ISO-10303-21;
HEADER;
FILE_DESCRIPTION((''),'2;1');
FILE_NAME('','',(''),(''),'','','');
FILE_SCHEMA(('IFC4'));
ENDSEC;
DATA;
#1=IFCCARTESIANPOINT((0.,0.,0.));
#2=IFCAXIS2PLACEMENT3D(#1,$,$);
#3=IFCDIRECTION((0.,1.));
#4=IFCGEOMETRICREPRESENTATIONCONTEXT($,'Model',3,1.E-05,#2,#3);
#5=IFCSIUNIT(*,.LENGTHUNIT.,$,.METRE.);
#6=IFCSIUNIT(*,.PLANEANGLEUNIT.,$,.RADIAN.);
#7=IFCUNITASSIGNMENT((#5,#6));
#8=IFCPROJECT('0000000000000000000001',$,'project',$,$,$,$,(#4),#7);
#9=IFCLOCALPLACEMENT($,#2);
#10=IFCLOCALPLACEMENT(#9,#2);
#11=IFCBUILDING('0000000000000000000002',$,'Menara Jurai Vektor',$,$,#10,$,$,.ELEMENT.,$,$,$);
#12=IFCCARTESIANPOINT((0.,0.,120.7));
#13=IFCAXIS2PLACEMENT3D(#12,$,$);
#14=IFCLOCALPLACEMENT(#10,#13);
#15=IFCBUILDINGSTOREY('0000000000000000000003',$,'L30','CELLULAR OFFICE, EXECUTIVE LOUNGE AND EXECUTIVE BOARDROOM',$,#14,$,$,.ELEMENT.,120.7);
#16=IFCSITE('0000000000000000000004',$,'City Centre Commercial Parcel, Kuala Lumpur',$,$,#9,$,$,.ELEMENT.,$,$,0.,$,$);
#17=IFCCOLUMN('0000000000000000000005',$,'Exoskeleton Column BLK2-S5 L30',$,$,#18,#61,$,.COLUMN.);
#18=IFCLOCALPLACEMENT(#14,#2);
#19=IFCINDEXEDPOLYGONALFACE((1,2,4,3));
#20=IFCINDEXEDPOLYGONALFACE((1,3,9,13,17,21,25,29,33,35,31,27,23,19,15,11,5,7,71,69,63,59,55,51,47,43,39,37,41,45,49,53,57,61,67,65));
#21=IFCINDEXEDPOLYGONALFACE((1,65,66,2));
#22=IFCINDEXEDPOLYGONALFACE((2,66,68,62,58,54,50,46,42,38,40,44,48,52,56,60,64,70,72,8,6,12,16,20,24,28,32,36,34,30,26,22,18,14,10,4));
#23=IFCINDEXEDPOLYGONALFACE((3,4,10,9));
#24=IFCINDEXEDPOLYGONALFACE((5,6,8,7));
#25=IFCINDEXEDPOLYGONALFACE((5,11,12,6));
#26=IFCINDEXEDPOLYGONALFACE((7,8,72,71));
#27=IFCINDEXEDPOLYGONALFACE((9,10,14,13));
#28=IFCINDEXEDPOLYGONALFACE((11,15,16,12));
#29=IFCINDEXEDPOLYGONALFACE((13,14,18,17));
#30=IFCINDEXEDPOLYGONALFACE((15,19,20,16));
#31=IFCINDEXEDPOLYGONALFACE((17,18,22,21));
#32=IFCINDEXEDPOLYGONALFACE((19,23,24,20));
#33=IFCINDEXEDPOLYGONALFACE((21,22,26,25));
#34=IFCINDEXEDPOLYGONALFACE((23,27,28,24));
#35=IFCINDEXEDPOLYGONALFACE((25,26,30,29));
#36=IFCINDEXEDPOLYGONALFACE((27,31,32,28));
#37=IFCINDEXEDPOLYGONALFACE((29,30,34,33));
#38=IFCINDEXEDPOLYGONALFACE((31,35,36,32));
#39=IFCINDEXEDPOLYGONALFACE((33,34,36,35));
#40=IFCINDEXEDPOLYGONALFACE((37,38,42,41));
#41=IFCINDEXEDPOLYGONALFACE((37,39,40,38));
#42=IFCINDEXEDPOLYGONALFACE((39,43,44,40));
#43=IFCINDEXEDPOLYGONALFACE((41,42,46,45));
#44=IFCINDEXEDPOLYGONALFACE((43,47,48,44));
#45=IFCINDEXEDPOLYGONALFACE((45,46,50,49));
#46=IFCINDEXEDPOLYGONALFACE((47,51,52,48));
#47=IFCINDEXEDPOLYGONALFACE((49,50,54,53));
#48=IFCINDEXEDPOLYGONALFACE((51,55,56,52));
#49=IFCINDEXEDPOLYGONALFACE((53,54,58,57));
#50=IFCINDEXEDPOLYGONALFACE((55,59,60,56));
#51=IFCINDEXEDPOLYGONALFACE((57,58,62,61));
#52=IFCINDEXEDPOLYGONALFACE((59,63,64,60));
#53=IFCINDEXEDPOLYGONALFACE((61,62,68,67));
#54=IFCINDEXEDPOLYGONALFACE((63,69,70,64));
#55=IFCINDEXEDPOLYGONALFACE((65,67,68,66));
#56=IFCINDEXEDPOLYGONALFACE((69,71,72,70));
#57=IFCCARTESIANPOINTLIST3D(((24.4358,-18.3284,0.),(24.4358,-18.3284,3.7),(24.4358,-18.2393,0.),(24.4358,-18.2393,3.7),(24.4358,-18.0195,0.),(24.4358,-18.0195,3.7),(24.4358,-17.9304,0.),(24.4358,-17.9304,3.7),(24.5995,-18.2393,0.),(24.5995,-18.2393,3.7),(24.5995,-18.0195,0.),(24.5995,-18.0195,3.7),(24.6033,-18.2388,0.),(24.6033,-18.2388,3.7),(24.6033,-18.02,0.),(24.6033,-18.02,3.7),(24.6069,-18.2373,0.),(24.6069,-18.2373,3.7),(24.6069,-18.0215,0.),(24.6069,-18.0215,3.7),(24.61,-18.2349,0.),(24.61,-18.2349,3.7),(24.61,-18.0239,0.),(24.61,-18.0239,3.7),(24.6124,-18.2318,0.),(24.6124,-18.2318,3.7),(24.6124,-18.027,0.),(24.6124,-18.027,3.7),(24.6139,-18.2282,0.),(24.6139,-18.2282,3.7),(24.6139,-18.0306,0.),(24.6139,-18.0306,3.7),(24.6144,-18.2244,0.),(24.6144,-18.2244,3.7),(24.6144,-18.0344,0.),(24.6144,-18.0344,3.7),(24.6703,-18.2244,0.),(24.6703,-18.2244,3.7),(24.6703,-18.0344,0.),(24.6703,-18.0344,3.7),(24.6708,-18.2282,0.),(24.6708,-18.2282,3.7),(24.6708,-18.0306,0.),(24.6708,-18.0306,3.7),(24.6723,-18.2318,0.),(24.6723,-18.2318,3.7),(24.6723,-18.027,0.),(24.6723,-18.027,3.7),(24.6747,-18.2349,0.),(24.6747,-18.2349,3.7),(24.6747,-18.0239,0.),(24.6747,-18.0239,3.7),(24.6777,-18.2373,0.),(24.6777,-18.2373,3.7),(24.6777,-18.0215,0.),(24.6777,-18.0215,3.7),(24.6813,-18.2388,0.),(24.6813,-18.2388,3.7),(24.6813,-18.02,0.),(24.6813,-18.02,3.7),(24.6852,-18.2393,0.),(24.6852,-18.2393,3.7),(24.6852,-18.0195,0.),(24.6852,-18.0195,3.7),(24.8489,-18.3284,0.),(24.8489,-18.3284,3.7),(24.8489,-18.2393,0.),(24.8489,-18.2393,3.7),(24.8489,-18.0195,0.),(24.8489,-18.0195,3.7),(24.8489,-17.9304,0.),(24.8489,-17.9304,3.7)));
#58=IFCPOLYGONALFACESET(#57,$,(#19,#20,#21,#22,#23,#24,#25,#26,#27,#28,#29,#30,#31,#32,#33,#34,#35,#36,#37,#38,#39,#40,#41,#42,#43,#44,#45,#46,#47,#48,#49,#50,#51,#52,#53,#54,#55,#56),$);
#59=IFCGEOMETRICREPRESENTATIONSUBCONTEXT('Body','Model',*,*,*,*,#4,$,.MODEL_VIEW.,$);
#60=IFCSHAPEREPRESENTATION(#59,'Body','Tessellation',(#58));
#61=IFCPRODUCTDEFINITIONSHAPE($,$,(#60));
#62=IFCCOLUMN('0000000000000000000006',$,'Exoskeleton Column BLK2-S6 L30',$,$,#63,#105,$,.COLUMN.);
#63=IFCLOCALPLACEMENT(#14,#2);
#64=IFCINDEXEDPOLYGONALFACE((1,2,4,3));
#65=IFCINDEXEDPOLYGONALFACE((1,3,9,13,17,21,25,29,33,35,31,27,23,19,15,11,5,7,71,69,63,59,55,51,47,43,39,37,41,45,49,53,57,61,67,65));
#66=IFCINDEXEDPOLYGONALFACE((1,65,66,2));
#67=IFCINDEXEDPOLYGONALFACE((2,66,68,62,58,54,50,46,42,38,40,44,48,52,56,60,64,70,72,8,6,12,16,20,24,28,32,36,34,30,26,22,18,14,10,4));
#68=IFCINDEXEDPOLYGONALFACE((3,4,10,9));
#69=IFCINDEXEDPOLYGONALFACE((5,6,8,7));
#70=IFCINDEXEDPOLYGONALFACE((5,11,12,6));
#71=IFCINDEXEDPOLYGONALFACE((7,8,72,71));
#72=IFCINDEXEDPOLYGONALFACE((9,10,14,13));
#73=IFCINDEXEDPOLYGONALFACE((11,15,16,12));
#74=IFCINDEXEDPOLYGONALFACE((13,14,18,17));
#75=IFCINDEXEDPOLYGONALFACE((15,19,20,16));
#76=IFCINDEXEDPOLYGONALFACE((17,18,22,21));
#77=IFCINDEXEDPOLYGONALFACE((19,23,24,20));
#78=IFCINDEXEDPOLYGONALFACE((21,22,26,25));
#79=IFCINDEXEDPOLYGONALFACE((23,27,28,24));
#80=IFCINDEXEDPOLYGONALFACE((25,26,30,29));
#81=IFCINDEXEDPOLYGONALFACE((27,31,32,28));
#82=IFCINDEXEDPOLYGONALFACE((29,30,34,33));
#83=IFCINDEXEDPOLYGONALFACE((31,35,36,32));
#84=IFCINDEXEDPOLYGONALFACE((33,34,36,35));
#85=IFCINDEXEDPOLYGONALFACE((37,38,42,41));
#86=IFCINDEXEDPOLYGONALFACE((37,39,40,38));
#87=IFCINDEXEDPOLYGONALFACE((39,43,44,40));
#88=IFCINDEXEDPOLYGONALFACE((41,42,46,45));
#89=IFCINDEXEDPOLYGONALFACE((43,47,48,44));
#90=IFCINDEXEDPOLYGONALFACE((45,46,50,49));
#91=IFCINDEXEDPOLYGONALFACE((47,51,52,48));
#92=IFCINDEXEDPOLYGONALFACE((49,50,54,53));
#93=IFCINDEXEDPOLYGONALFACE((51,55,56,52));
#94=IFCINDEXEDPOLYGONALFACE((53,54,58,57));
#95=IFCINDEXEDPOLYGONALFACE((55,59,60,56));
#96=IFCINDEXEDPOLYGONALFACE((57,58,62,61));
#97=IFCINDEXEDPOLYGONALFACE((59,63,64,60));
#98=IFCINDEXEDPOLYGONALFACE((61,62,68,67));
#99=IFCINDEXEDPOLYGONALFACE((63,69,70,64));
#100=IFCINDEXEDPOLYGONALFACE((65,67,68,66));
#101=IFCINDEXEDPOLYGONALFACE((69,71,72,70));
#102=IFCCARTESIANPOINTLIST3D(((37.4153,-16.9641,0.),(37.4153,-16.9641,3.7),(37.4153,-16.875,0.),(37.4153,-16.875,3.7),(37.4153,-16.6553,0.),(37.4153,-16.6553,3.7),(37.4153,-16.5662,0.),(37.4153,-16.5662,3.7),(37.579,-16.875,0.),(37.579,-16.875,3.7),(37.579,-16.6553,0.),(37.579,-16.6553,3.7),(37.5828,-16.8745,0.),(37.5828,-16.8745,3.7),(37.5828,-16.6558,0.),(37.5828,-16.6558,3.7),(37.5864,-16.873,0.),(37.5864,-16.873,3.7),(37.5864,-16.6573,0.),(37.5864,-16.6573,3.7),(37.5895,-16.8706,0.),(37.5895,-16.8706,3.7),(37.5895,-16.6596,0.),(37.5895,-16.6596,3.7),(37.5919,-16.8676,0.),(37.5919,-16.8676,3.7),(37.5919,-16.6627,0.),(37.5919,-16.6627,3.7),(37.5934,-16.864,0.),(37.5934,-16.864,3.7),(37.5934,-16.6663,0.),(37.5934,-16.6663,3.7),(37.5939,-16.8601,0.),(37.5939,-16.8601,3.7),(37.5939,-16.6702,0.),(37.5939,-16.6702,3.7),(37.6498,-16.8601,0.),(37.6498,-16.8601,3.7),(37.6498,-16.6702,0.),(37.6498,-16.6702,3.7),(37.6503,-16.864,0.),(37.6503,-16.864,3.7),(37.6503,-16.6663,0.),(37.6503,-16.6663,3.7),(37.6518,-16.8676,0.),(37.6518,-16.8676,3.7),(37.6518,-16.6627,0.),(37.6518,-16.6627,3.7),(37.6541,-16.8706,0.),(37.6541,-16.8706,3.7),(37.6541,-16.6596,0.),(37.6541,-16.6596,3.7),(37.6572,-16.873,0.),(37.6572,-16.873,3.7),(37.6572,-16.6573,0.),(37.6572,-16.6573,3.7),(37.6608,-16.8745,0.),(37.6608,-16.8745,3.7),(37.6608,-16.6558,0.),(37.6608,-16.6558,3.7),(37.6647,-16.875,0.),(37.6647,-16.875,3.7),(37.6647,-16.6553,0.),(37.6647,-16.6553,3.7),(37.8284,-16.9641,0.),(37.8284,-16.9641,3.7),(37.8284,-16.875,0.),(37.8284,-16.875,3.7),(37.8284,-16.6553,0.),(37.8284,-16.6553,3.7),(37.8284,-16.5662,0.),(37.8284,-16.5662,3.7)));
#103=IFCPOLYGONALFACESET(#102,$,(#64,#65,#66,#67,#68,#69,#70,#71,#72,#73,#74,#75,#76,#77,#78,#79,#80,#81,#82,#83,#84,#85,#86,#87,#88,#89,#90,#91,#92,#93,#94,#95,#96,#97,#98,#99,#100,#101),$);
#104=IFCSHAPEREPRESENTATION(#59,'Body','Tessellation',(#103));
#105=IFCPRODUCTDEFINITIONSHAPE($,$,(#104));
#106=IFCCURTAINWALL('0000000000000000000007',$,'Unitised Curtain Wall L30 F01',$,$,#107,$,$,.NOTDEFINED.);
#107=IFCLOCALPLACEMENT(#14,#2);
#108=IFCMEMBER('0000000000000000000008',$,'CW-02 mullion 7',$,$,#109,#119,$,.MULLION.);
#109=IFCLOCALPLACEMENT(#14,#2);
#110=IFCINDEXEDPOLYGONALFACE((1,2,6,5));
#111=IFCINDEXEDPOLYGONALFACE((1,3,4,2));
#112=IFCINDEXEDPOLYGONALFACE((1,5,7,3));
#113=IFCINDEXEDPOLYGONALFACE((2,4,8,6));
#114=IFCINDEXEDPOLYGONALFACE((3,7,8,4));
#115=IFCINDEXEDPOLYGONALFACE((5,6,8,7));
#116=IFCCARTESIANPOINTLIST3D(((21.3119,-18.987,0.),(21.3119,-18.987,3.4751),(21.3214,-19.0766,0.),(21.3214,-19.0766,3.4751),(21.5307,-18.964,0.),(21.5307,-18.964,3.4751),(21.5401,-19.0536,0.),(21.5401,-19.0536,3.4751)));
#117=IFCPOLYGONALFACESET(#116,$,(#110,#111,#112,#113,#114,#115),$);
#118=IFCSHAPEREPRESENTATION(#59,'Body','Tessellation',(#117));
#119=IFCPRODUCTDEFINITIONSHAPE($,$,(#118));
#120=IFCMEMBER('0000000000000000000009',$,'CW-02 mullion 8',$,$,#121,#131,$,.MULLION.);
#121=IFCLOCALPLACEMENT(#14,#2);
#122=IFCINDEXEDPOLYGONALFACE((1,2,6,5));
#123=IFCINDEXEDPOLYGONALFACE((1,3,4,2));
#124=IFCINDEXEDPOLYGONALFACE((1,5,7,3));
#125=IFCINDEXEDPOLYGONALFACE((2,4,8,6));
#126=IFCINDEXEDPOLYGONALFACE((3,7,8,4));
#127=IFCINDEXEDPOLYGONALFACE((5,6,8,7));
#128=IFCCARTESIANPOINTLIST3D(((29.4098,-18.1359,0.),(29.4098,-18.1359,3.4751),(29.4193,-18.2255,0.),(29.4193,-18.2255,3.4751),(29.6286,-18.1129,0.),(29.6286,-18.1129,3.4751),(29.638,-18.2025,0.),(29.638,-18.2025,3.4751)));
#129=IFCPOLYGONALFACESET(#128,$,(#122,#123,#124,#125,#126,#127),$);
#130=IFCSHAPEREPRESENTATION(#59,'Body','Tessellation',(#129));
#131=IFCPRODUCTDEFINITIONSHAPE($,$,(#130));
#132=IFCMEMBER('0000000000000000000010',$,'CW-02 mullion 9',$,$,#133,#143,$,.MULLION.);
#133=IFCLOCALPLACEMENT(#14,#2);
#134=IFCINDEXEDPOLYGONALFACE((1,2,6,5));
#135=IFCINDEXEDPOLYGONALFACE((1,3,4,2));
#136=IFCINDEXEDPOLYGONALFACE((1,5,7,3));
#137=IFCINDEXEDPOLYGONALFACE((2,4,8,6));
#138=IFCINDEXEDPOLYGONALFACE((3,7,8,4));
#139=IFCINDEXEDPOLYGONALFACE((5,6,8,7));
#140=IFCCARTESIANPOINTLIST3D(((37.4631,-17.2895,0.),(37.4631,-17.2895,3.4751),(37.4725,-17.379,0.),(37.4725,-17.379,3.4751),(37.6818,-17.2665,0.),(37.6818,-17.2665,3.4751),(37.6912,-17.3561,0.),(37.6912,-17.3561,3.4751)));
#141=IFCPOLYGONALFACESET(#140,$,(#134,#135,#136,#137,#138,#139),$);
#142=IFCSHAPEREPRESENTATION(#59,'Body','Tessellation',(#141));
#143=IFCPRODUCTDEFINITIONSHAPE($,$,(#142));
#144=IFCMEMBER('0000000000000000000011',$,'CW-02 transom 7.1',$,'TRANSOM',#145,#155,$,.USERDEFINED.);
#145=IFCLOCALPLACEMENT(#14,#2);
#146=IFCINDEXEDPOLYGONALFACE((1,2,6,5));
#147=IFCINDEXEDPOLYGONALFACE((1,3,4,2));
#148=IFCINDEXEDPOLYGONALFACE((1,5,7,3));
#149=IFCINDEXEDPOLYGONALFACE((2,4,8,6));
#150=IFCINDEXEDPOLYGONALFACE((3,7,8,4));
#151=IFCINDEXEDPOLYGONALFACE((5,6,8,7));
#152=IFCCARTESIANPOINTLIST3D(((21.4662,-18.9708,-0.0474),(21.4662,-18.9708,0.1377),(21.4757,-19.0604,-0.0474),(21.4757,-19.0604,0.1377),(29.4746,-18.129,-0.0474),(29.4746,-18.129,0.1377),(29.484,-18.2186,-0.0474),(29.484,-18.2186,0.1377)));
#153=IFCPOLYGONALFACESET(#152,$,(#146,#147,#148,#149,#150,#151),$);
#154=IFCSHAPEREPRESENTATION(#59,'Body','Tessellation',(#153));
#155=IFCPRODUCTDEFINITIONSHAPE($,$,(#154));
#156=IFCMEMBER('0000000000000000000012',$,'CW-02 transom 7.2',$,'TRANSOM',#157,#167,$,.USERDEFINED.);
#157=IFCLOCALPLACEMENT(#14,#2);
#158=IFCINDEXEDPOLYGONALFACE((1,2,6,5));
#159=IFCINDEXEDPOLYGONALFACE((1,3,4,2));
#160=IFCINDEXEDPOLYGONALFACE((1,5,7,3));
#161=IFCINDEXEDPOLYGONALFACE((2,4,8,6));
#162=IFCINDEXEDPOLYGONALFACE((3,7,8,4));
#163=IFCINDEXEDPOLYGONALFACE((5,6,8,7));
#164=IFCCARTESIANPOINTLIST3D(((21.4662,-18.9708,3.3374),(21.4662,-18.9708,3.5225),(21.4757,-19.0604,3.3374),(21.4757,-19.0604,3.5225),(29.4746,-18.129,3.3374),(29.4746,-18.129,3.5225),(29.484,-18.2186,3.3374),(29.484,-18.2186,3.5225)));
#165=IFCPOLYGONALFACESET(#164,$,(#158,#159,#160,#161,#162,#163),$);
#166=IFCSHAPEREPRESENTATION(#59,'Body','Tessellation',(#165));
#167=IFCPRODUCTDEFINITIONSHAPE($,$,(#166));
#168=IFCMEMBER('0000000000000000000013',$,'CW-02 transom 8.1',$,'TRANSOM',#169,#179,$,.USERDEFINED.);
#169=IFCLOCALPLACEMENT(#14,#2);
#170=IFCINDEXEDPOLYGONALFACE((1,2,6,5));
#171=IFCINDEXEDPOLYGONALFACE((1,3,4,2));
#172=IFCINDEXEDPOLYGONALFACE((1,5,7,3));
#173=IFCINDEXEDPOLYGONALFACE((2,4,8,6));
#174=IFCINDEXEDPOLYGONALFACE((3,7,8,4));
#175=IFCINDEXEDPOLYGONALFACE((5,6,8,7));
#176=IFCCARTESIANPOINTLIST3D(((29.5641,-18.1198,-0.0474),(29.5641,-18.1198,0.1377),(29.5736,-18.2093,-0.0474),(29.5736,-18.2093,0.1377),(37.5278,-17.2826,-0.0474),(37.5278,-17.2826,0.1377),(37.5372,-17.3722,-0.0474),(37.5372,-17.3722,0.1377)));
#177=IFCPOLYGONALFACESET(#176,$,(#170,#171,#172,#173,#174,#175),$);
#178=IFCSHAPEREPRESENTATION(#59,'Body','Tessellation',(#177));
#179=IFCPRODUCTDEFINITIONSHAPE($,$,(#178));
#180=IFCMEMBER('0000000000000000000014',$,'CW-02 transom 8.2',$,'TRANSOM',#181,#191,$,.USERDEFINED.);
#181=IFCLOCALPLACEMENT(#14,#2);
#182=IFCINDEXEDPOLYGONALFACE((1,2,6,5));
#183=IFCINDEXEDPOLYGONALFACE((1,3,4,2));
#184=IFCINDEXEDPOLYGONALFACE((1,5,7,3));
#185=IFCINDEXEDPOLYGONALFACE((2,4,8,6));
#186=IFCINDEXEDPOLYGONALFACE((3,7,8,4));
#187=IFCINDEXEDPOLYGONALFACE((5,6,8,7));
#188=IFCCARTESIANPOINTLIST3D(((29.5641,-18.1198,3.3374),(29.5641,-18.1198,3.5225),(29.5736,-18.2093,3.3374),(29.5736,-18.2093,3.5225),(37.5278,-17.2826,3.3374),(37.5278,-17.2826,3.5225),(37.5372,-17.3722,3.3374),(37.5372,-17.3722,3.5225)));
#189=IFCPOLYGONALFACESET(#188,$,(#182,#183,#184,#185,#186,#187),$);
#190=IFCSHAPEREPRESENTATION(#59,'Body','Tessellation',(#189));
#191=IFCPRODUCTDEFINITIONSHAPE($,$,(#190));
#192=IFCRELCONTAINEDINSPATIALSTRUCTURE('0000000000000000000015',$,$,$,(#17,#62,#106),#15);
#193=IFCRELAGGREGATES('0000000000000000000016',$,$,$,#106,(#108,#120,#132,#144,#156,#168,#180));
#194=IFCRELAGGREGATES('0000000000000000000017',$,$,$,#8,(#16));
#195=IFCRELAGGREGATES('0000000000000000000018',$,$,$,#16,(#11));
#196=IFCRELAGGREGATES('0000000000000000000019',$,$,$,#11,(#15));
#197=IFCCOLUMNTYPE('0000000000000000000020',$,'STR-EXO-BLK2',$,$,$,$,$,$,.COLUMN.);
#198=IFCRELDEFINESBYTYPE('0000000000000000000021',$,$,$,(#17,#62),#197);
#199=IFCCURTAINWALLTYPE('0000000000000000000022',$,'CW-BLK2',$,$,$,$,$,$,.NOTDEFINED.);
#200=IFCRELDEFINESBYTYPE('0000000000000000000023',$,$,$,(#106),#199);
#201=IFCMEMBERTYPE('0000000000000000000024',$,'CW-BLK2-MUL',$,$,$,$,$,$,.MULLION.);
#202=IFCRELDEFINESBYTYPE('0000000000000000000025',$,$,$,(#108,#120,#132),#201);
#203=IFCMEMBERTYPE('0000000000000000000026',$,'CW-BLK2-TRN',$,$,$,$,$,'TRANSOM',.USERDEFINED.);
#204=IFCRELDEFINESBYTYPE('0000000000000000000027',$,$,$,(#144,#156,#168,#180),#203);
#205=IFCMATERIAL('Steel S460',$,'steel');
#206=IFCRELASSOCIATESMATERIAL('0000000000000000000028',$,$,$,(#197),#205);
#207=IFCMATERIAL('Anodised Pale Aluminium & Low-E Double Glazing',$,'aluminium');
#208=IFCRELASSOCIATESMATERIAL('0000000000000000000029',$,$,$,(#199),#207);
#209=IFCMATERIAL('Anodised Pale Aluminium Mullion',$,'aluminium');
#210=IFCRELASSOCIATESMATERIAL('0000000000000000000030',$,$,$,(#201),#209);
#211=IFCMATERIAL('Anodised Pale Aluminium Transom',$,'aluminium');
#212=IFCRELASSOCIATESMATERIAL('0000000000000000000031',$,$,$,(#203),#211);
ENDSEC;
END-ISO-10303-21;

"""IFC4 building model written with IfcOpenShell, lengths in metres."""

from ifc_helpers import new_model, si_unit, direction, frame, origin, origin_2d, place, context, subcontext, project, spatial, rectangle, i_section, extrude, material, material_profile, profile_set, type_object, element, aggregate, save


model = new_model("IFC4")

# Units and contexts
model_context = context("Model", 3, precision=1e-05, world=origin(), true_north=direction((0.0, 1.0)))
body_context = subcontext(model_context, "Body", "Model", "MODEL_VIEW")
ifc_project = project(units=[si_unit("LENGTHUNIT", "METRE"), si_unit("PLANEANGLEUNIT", "RADIAN")], contexts=[model_context])

# Site, building, storey
site_placement = place(None, origin())
site = spatial("IfcSite", under=ifc_project, at=site_placement, Name="City Centre Commercial Parcel, Kuala Lumpur", CompositionType="ELEMENT", RefElevation=0.0)
building_placement = place(site_placement, origin())
building = spatial("IfcBuilding", under=site, at=building_placement, Name="Menara Jurai Vektor", CompositionType="ELEMENT")
storey_placement = place(building_placement, frame((0.0, 0.0, 120.7)))
storey = spatial("IfcBuildingStorey", under=building, at=storey_placement, Name="L30", Description="CELLULAR OFFICE, EXECUTIVE LOUNGE AND EXECUTIVE BOARDROOM", CompositionType="ELEMENT", Elevation=120.7)

# Columns
ifc_material_1 = material(Name="Steel S460", Category="steel")
ifc_material_profile_1 = material_profile(ifc_material_1, i_section(OverallWidth=0.4131, OverallDepth=0.3979, WebThickness=0.0559, FlangeThickness=0.0891, FilletRadius=0.0149, at=origin_2d()), Name="HD 400x744")
ifc_profile_set_1 = profile_set([ifc_material_profile_1], Name="Steel S460")
column_type = type_object("IfcColumnType", Name="STR-EXO-BLK2", PredefinedType="COLUMN", material=ifc_profile_set_1)
for number, where, z_axis, x_axis, name in (
    (1, (24.6423, -18.1294, 0.0), (0.0, 0.0, 1.0), (1.0, 0.0, 0.0), "Exoskeleton Column BLK2-S5 L30"),
    (2, (37.6218, -16.7651, 0.0), (0.0, 0.0, 1.0), (1.0, 0.0, 0.0), "Exoskeleton Column BLK2-S6 L30"),
):
    element("IfcColumn", number, at=place(storey_placement, frame(where, z_axis=z_axis, x_axis=x_axis)), inside=storey, type_object=column_type, Name=name, PredefinedType="COLUMN", context=body_context, shape_type="SweptSolid", body=[
        extrude(i_section(OverallWidth=0.4131, OverallDepth=0.3979, WebThickness=0.0559, FlangeThickness=0.0891, FilletRadius=0.0149, at=origin_2d()), origin(), (0.0, 0.0, 1.0), 3.7),
    ])

# Curtain wall, members
ifc_material_2 = material(Name="Anodised Pale Aluminium & Low-E Double Glazing", Category="aluminium")
curtain_wall_type = type_object("IfcCurtainWallType", Name="CW-BLK2", PredefinedType="NOTDEFINED", material=ifc_material_2)
curtain_wall_placement = place(storey_placement, origin())
curtain_wall = element("IfcCurtainWall", 3, at=curtain_wall_placement, inside=storey, type_object=curtain_wall_type, Name="Unitised Curtain Wall L30 F01", PredefinedType="NOTDEFINED")
ifc_material_3 = material(Name="Anodised Pale Aluminium Mullion", Category="aluminium")
ifc_material_profile_2 = material_profile(ifc_material_3, rectangle(XDim=0.0901, YDim=0.22, at=origin_2d()), Name="ALU MUL 90x220")
ifc_profile_set_2 = profile_set([ifc_material_profile_2], Name="Anodised Pale Aluminium Mullion")
member_type_1 = type_object("IfcMemberType", Name="CW-BLK2-MUL", PredefinedType="MULLION", material=ifc_profile_set_2)
member_1_placement = place(storey_placement, frame((21.426, -19.0203, 0.0), z_axis=(0.0, 0.0, 1.0), x_axis=(-0.104529, 0.994522, 0.0)))
member_1 = element("IfcMember", 4, at=member_1_placement, type_object=member_type_1, Name="CW-02 mullion 7", PredefinedType="MULLION", context=body_context, shape_type="SweptSolid", body=[
    extrude(rectangle(XDim=0.0901, YDim=0.22, at=origin_2d()), origin(), (0.0, 0.0, 1.0), 3.4751),
])
member_2_placement = place(storey_placement, frame((29.5239, -18.1692, 0.0), z_axis=(0.0, 0.0, 1.0), x_axis=(-0.104529, 0.994522, 0.0)))
member_2 = element("IfcMember", 5, at=member_2_placement, type_object=member_type_1, Name="CW-02 mullion 8", PredefinedType="MULLION", context=body_context, shape_type="SweptSolid", body=[
    extrude(rectangle(XDim=0.0901, YDim=0.22, at=origin_2d()), origin(), (0.0, 0.0, 1.0), 3.4751),
])
member_3_placement = place(storey_placement, frame((37.5771, -17.3228, 0.0), z_axis=(0.0, 0.0, 1.0), x_axis=(-0.104529, 0.994522, 0.0)))
member_3 = element("IfcMember", 6, at=member_3_placement, type_object=member_type_1, Name="CW-02 mullion 9", PredefinedType="MULLION", context=body_context, shape_type="SweptSolid", body=[
    extrude(rectangle(XDim=0.0901, YDim=0.22, at=origin_2d()), origin(), (0.0, 0.0, 1.0), 3.4751),
])
ifc_material_4 = material(Name="Anodised Pale Aluminium Transom", Category="aluminium")
ifc_material_profile_3 = material_profile(ifc_material_4, rectangle(XDim=0.0901, YDim=0.1851, at=origin_2d()), Name="ALU TRN 90x185")
ifc_profile_set_3 = profile_set([ifc_material_profile_3], Name="Anodised Pale Aluminium Transom")
member_type_2 = type_object("IfcMemberType", Name="CW-BLK2-TRN", ElementType="TRANSOM", PredefinedType="USERDEFINED", material=ifc_profile_set_3)
member_4_placement = place(storey_placement, frame((21.4709, -19.0156, 0.0452), z_axis=(0.994521, 0.10454, 0.0), x_axis=(-0.10454, 0.994521, 0.0)))
member_4 = element("IfcMember", 7, at=member_4_placement, type_object=member_type_2, Name="CW-02 transom 7.1", ObjectType="TRANSOM", PredefinedType="USERDEFINED", context=body_context, shape_type="SweptSolid", body=[
    extrude(rectangle(XDim=0.0901, YDim=0.1851, at=origin_2d()), origin(), (0.0, 0.0, 1.0), 8.0525),
])
member_5_placement = place(storey_placement, frame((21.4709, -19.0156, 3.4299), z_axis=(0.994521, 0.10454, 0.0), x_axis=(-0.10454, 0.994521, 0.0)))
member_5 = element("IfcMember", 8, at=member_5_placement, type_object=member_type_2, Name="CW-02 transom 7.2", ObjectType="TRANSOM", PredefinedType="USERDEFINED", context=body_context, shape_type="SweptSolid", body=[
    extrude(rectangle(XDim=0.0901, YDim=0.1851, at=origin_2d()), origin(), (0.0, 0.0, 1.0), 8.0525),
])
member_6_placement = place(storey_placement, frame((29.5688, -18.1646, 0.0452), z_axis=(0.99452, 0.104547, 0.0), x_axis=(-0.104547, 0.99452, 0.0)))
member_6 = element("IfcMember", 9, at=member_6_placement, type_object=member_type_2, Name="CW-02 transom 8.1", ObjectType="TRANSOM", PredefinedType="USERDEFINED", context=body_context, shape_type="SweptSolid", body=[
    extrude(rectangle(XDim=0.0901, YDim=0.1851, at=origin_2d()), origin(), (0.0, 0.0, 1.0), 8.0076),
])
member_7_placement = place(storey_placement, frame((29.5688, -18.1646, 3.4299), z_axis=(0.99452, 0.104547, 0.0), x_axis=(-0.104547, 0.99452, 0.0)))
member_7 = element("IfcMember", 10, at=member_7_placement, type_object=member_type_2, Name="CW-02 transom 8.2", ObjectType="TRANSOM", PredefinedType="USERDEFINED", context=body_context, shape_type="SweptSolid", body=[
    extrude(rectangle(XDim=0.0901, YDim=0.1851, at=origin_2d()), origin(), (0.0, 0.0, 1.0), 8.0076),
])

aggregate(curtain_wall, [member_1, member_2, member_3, member_4, member_5, member_6, member_7])

save(model, "model.ifc")
